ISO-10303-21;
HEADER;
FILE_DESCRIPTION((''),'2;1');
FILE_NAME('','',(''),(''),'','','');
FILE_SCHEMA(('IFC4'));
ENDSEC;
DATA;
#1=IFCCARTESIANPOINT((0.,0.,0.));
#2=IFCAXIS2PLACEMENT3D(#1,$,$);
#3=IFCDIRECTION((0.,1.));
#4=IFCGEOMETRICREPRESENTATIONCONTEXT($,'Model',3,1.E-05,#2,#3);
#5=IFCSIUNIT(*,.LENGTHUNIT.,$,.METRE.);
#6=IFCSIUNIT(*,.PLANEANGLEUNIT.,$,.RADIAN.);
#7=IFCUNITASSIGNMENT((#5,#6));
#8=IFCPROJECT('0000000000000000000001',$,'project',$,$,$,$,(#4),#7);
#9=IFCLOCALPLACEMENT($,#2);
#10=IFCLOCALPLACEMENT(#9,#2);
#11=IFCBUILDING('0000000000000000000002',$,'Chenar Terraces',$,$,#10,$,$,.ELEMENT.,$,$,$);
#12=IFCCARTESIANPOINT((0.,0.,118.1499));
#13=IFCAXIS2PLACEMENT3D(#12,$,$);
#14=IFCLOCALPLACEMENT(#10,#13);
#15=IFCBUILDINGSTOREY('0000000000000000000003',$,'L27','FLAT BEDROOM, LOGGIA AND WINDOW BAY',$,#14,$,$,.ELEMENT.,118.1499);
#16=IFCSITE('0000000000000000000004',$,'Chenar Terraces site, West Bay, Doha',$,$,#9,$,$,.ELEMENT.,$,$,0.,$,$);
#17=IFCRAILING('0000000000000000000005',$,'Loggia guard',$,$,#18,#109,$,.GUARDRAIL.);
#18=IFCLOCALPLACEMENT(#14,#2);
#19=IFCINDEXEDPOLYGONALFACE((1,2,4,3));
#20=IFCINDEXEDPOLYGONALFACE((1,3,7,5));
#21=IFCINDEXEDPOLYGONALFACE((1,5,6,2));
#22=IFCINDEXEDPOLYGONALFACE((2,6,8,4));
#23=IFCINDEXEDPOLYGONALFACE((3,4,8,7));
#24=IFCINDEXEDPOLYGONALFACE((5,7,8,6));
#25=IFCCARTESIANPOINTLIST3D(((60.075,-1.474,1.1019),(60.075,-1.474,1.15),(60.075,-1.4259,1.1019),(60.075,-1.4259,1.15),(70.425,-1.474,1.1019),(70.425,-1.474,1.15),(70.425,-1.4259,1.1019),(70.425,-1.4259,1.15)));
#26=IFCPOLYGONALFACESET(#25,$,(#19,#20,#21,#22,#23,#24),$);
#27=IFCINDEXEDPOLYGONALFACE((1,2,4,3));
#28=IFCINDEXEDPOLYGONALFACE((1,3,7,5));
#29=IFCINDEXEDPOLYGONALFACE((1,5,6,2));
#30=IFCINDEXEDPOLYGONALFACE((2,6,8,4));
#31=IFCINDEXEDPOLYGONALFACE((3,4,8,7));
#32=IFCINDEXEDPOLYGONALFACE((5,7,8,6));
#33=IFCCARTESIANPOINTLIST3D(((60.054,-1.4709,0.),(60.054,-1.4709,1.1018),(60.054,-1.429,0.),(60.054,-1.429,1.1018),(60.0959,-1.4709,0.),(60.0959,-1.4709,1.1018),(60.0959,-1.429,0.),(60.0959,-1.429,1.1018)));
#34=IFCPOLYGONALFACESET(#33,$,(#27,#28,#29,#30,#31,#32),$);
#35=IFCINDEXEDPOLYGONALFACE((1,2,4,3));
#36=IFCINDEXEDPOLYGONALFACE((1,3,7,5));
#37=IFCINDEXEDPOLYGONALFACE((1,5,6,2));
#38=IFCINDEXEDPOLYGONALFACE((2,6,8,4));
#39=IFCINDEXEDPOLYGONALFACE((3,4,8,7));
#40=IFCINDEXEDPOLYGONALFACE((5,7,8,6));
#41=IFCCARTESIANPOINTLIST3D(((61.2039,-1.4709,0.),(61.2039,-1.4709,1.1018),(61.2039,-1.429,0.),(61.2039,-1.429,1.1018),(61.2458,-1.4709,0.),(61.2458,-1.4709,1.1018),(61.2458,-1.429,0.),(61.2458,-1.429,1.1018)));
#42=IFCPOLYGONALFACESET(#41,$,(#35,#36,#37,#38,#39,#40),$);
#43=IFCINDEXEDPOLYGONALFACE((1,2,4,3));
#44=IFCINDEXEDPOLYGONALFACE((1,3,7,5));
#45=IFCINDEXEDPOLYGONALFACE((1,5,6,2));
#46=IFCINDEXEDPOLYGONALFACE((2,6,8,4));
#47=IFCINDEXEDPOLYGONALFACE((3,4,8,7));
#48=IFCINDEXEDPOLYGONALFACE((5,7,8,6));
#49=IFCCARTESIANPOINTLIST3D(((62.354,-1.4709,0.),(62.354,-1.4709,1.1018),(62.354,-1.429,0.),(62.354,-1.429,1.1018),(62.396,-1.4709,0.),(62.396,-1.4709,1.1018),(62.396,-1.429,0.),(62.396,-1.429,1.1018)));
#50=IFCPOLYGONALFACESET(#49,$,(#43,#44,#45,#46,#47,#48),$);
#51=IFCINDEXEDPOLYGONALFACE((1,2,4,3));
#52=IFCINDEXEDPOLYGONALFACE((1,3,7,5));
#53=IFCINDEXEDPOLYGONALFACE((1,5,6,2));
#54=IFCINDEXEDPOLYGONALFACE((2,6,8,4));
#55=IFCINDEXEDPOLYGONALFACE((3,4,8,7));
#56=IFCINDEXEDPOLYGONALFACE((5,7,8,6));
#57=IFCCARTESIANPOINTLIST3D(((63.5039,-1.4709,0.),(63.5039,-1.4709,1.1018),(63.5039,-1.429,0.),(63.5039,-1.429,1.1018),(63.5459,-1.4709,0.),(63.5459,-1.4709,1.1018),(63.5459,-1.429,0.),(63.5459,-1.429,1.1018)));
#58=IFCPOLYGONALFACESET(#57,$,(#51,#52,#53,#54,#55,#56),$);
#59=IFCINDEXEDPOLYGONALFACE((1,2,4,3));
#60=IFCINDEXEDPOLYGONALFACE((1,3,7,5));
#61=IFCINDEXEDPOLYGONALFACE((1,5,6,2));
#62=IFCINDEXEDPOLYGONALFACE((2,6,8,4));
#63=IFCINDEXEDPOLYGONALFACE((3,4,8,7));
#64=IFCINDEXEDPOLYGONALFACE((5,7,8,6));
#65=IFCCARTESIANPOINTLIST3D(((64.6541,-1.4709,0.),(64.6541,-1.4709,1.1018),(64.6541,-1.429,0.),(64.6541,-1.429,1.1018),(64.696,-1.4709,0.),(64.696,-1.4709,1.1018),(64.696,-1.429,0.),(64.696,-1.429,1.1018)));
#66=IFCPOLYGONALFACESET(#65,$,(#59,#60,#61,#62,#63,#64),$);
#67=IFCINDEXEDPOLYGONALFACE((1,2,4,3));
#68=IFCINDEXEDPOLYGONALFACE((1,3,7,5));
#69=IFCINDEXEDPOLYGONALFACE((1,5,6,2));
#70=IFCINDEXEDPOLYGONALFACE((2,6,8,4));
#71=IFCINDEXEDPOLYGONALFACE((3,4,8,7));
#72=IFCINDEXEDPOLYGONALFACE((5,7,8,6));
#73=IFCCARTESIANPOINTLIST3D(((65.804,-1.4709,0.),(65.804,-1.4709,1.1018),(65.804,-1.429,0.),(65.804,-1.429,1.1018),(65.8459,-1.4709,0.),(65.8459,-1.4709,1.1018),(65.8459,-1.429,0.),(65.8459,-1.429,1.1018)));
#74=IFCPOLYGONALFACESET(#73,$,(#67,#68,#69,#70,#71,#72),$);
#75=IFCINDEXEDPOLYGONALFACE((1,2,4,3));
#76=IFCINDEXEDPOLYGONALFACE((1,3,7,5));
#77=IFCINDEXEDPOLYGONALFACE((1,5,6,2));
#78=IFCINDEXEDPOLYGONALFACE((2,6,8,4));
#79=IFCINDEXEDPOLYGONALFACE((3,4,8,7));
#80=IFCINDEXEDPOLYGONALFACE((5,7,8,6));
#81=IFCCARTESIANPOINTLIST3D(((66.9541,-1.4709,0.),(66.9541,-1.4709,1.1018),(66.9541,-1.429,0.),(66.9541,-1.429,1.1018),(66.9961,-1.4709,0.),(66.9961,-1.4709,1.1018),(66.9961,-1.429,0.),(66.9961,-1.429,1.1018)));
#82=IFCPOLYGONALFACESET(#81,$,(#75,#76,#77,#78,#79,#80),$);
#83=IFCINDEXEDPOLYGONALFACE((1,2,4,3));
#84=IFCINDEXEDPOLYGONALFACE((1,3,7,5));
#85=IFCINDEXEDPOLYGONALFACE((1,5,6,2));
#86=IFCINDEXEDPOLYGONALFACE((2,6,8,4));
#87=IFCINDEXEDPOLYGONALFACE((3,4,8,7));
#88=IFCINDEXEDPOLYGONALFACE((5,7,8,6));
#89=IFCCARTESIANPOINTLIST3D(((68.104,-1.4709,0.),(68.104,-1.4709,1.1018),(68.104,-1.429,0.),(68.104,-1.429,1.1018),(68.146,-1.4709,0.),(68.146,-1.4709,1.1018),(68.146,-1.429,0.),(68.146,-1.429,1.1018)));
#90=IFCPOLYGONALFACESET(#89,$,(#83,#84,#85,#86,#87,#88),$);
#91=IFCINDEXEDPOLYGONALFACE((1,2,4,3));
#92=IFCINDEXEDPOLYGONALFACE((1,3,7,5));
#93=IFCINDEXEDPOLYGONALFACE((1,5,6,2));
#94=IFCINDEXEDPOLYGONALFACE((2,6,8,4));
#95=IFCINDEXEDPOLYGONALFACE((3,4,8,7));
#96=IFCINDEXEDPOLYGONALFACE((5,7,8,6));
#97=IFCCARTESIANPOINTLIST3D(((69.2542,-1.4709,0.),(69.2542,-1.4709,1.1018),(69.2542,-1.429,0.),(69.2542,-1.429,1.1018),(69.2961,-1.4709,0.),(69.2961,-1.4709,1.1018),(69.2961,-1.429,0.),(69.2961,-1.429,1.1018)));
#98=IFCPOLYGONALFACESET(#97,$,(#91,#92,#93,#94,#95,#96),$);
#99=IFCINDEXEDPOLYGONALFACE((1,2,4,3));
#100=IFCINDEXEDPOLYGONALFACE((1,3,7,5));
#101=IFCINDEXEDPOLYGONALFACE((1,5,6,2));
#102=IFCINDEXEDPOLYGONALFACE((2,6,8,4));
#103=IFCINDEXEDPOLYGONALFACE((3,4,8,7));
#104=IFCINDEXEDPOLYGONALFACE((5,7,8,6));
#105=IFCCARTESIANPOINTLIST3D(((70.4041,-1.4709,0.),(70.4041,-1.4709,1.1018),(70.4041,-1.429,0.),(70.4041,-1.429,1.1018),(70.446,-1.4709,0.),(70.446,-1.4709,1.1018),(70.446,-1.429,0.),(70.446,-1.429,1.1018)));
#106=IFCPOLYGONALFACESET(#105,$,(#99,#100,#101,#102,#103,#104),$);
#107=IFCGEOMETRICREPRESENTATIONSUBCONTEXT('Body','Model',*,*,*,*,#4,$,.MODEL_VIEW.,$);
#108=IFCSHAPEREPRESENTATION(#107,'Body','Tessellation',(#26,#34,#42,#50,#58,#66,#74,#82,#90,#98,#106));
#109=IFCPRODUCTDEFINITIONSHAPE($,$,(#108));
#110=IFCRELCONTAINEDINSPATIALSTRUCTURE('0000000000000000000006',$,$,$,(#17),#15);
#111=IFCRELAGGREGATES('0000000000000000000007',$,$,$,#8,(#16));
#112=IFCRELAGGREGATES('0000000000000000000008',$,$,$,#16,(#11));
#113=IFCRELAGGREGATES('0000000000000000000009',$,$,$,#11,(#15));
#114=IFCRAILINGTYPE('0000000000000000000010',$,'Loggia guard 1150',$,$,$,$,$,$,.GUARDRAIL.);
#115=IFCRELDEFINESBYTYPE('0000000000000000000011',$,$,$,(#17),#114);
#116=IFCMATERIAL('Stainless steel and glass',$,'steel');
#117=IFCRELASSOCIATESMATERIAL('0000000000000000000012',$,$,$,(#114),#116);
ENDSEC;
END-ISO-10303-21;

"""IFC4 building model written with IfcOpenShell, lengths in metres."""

from ifc_helpers import new_model, si_unit, direction, frame, origin, origin_2d, place, context, subcontext, project, spatial, rectangle, extrude, material, type_object, element, save


model = new_model("IFC4")

# Units and contexts
model_context = context("Model", 3, precision=1e-05, world=origin(), true_north=direction((0.0, 1.0)))
body_context = subcontext(model_context, "Body", "Model", "MODEL_VIEW")
ifc_project = project(units=[si_unit("LENGTHUNIT", "METRE"), si_unit("PLANEANGLEUNIT", "RADIAN")], contexts=[model_context])

# Site, building, storey
site_placement = place(None, origin())
site = spatial("IfcSite", under=ifc_project, at=site_placement, Name="Chenar Terraces site, West Bay, Doha", CompositionType="ELEMENT", RefElevation=0.0)
building_placement = place(site_placement, origin())
building = spatial("IfcBuilding", under=site, at=building_placement, Name="Chenar Terraces", CompositionType="ELEMENT")
storey_placement = place(building_placement, frame((0.0, 0.0, 118.1499)))
storey = spatial("IfcBuildingStorey", under=building, at=storey_placement, Name="L27", Description="FLAT BEDROOM, LOGGIA AND WINDOW BAY", CompositionType="ELEMENT", Elevation=118.1499)

# Railing
ifc_material_1 = material(Name="Stainless steel and glass", Category="steel")
railing_type = type_object("IfcRailingType", Name="Loggia guard 1150", PredefinedType="GUARDRAIL", material=ifc_material_1)
railing_placement = place(storey_placement, frame((60.075, -1.45, 0.0)))
element("IfcRailing", 1, at=railing_placement, inside=storey, type_object=railing_type, Name="Loggia guard", PredefinedType="GUARDRAIL", context=body_context, shape_type="SweptSolid", body=[
    extrude(rectangle(XDim=0.0481, YDim=0.0481, at=origin_2d()), frame((0.0, 0.0, 1.126), z_axis=(1.0, 0.0, 0.0), x_axis=(0.0, 1.0, 0.0)), (0.0, 0.0, 1.0), 10.3501),
    extrude(rectangle(XDim=0.042, YDim=0.042, at=origin_2d()), origin(), (0.0, 0.0, 1.0), 1.1018),
    extrude(rectangle(XDim=0.042, YDim=0.042, at=origin_2d()), frame((1.1499, 0.0, 0.0)), (0.0, 0.0, 1.0), 1.1018),
    extrude(rectangle(XDim=0.042, YDim=0.042, at=origin_2d()), frame((2.3, 0.0, 0.0)), (0.0, 0.0, 1.0), 1.1018),
    extrude(rectangle(XDim=0.042, YDim=0.042, at=origin_2d()), frame((3.45, 0.0, 0.0)), (0.0, 0.0, 1.0), 1.1018),
    extrude(rectangle(XDim=0.042, YDim=0.042, at=origin_2d()), frame((4.6001, 0.0, 0.0)), (0.0, 0.0, 1.0), 1.1018),
    extrude(rectangle(XDim=0.042, YDim=0.042, at=origin_2d()), frame((5.75, 0.0, 0.0)), (0.0, 0.0, 1.0), 1.1018),
    extrude(rectangle(XDim=0.042, YDim=0.042, at=origin_2d()), frame((6.9001, 0.0, 0.0)), (0.0, 0.0, 1.0), 1.1018),
    extrude(rectangle(XDim=0.042, YDim=0.042, at=origin_2d()), frame((8.05, 0.0, 0.0)), (0.0, 0.0, 1.0), 1.1018),
    extrude(rectangle(XDim=0.042, YDim=0.042, at=origin_2d()), frame((9.2002, 0.0, 0.0)), (0.0, 0.0, 1.0), 1.1018),
    extrude(rectangle(XDim=0.042, YDim=0.042, at=origin_2d()), frame((10.3501, 0.0, 0.0)), (0.0, 0.0, 1.0), 1.1018),
])

save(model, "model.ifc")
